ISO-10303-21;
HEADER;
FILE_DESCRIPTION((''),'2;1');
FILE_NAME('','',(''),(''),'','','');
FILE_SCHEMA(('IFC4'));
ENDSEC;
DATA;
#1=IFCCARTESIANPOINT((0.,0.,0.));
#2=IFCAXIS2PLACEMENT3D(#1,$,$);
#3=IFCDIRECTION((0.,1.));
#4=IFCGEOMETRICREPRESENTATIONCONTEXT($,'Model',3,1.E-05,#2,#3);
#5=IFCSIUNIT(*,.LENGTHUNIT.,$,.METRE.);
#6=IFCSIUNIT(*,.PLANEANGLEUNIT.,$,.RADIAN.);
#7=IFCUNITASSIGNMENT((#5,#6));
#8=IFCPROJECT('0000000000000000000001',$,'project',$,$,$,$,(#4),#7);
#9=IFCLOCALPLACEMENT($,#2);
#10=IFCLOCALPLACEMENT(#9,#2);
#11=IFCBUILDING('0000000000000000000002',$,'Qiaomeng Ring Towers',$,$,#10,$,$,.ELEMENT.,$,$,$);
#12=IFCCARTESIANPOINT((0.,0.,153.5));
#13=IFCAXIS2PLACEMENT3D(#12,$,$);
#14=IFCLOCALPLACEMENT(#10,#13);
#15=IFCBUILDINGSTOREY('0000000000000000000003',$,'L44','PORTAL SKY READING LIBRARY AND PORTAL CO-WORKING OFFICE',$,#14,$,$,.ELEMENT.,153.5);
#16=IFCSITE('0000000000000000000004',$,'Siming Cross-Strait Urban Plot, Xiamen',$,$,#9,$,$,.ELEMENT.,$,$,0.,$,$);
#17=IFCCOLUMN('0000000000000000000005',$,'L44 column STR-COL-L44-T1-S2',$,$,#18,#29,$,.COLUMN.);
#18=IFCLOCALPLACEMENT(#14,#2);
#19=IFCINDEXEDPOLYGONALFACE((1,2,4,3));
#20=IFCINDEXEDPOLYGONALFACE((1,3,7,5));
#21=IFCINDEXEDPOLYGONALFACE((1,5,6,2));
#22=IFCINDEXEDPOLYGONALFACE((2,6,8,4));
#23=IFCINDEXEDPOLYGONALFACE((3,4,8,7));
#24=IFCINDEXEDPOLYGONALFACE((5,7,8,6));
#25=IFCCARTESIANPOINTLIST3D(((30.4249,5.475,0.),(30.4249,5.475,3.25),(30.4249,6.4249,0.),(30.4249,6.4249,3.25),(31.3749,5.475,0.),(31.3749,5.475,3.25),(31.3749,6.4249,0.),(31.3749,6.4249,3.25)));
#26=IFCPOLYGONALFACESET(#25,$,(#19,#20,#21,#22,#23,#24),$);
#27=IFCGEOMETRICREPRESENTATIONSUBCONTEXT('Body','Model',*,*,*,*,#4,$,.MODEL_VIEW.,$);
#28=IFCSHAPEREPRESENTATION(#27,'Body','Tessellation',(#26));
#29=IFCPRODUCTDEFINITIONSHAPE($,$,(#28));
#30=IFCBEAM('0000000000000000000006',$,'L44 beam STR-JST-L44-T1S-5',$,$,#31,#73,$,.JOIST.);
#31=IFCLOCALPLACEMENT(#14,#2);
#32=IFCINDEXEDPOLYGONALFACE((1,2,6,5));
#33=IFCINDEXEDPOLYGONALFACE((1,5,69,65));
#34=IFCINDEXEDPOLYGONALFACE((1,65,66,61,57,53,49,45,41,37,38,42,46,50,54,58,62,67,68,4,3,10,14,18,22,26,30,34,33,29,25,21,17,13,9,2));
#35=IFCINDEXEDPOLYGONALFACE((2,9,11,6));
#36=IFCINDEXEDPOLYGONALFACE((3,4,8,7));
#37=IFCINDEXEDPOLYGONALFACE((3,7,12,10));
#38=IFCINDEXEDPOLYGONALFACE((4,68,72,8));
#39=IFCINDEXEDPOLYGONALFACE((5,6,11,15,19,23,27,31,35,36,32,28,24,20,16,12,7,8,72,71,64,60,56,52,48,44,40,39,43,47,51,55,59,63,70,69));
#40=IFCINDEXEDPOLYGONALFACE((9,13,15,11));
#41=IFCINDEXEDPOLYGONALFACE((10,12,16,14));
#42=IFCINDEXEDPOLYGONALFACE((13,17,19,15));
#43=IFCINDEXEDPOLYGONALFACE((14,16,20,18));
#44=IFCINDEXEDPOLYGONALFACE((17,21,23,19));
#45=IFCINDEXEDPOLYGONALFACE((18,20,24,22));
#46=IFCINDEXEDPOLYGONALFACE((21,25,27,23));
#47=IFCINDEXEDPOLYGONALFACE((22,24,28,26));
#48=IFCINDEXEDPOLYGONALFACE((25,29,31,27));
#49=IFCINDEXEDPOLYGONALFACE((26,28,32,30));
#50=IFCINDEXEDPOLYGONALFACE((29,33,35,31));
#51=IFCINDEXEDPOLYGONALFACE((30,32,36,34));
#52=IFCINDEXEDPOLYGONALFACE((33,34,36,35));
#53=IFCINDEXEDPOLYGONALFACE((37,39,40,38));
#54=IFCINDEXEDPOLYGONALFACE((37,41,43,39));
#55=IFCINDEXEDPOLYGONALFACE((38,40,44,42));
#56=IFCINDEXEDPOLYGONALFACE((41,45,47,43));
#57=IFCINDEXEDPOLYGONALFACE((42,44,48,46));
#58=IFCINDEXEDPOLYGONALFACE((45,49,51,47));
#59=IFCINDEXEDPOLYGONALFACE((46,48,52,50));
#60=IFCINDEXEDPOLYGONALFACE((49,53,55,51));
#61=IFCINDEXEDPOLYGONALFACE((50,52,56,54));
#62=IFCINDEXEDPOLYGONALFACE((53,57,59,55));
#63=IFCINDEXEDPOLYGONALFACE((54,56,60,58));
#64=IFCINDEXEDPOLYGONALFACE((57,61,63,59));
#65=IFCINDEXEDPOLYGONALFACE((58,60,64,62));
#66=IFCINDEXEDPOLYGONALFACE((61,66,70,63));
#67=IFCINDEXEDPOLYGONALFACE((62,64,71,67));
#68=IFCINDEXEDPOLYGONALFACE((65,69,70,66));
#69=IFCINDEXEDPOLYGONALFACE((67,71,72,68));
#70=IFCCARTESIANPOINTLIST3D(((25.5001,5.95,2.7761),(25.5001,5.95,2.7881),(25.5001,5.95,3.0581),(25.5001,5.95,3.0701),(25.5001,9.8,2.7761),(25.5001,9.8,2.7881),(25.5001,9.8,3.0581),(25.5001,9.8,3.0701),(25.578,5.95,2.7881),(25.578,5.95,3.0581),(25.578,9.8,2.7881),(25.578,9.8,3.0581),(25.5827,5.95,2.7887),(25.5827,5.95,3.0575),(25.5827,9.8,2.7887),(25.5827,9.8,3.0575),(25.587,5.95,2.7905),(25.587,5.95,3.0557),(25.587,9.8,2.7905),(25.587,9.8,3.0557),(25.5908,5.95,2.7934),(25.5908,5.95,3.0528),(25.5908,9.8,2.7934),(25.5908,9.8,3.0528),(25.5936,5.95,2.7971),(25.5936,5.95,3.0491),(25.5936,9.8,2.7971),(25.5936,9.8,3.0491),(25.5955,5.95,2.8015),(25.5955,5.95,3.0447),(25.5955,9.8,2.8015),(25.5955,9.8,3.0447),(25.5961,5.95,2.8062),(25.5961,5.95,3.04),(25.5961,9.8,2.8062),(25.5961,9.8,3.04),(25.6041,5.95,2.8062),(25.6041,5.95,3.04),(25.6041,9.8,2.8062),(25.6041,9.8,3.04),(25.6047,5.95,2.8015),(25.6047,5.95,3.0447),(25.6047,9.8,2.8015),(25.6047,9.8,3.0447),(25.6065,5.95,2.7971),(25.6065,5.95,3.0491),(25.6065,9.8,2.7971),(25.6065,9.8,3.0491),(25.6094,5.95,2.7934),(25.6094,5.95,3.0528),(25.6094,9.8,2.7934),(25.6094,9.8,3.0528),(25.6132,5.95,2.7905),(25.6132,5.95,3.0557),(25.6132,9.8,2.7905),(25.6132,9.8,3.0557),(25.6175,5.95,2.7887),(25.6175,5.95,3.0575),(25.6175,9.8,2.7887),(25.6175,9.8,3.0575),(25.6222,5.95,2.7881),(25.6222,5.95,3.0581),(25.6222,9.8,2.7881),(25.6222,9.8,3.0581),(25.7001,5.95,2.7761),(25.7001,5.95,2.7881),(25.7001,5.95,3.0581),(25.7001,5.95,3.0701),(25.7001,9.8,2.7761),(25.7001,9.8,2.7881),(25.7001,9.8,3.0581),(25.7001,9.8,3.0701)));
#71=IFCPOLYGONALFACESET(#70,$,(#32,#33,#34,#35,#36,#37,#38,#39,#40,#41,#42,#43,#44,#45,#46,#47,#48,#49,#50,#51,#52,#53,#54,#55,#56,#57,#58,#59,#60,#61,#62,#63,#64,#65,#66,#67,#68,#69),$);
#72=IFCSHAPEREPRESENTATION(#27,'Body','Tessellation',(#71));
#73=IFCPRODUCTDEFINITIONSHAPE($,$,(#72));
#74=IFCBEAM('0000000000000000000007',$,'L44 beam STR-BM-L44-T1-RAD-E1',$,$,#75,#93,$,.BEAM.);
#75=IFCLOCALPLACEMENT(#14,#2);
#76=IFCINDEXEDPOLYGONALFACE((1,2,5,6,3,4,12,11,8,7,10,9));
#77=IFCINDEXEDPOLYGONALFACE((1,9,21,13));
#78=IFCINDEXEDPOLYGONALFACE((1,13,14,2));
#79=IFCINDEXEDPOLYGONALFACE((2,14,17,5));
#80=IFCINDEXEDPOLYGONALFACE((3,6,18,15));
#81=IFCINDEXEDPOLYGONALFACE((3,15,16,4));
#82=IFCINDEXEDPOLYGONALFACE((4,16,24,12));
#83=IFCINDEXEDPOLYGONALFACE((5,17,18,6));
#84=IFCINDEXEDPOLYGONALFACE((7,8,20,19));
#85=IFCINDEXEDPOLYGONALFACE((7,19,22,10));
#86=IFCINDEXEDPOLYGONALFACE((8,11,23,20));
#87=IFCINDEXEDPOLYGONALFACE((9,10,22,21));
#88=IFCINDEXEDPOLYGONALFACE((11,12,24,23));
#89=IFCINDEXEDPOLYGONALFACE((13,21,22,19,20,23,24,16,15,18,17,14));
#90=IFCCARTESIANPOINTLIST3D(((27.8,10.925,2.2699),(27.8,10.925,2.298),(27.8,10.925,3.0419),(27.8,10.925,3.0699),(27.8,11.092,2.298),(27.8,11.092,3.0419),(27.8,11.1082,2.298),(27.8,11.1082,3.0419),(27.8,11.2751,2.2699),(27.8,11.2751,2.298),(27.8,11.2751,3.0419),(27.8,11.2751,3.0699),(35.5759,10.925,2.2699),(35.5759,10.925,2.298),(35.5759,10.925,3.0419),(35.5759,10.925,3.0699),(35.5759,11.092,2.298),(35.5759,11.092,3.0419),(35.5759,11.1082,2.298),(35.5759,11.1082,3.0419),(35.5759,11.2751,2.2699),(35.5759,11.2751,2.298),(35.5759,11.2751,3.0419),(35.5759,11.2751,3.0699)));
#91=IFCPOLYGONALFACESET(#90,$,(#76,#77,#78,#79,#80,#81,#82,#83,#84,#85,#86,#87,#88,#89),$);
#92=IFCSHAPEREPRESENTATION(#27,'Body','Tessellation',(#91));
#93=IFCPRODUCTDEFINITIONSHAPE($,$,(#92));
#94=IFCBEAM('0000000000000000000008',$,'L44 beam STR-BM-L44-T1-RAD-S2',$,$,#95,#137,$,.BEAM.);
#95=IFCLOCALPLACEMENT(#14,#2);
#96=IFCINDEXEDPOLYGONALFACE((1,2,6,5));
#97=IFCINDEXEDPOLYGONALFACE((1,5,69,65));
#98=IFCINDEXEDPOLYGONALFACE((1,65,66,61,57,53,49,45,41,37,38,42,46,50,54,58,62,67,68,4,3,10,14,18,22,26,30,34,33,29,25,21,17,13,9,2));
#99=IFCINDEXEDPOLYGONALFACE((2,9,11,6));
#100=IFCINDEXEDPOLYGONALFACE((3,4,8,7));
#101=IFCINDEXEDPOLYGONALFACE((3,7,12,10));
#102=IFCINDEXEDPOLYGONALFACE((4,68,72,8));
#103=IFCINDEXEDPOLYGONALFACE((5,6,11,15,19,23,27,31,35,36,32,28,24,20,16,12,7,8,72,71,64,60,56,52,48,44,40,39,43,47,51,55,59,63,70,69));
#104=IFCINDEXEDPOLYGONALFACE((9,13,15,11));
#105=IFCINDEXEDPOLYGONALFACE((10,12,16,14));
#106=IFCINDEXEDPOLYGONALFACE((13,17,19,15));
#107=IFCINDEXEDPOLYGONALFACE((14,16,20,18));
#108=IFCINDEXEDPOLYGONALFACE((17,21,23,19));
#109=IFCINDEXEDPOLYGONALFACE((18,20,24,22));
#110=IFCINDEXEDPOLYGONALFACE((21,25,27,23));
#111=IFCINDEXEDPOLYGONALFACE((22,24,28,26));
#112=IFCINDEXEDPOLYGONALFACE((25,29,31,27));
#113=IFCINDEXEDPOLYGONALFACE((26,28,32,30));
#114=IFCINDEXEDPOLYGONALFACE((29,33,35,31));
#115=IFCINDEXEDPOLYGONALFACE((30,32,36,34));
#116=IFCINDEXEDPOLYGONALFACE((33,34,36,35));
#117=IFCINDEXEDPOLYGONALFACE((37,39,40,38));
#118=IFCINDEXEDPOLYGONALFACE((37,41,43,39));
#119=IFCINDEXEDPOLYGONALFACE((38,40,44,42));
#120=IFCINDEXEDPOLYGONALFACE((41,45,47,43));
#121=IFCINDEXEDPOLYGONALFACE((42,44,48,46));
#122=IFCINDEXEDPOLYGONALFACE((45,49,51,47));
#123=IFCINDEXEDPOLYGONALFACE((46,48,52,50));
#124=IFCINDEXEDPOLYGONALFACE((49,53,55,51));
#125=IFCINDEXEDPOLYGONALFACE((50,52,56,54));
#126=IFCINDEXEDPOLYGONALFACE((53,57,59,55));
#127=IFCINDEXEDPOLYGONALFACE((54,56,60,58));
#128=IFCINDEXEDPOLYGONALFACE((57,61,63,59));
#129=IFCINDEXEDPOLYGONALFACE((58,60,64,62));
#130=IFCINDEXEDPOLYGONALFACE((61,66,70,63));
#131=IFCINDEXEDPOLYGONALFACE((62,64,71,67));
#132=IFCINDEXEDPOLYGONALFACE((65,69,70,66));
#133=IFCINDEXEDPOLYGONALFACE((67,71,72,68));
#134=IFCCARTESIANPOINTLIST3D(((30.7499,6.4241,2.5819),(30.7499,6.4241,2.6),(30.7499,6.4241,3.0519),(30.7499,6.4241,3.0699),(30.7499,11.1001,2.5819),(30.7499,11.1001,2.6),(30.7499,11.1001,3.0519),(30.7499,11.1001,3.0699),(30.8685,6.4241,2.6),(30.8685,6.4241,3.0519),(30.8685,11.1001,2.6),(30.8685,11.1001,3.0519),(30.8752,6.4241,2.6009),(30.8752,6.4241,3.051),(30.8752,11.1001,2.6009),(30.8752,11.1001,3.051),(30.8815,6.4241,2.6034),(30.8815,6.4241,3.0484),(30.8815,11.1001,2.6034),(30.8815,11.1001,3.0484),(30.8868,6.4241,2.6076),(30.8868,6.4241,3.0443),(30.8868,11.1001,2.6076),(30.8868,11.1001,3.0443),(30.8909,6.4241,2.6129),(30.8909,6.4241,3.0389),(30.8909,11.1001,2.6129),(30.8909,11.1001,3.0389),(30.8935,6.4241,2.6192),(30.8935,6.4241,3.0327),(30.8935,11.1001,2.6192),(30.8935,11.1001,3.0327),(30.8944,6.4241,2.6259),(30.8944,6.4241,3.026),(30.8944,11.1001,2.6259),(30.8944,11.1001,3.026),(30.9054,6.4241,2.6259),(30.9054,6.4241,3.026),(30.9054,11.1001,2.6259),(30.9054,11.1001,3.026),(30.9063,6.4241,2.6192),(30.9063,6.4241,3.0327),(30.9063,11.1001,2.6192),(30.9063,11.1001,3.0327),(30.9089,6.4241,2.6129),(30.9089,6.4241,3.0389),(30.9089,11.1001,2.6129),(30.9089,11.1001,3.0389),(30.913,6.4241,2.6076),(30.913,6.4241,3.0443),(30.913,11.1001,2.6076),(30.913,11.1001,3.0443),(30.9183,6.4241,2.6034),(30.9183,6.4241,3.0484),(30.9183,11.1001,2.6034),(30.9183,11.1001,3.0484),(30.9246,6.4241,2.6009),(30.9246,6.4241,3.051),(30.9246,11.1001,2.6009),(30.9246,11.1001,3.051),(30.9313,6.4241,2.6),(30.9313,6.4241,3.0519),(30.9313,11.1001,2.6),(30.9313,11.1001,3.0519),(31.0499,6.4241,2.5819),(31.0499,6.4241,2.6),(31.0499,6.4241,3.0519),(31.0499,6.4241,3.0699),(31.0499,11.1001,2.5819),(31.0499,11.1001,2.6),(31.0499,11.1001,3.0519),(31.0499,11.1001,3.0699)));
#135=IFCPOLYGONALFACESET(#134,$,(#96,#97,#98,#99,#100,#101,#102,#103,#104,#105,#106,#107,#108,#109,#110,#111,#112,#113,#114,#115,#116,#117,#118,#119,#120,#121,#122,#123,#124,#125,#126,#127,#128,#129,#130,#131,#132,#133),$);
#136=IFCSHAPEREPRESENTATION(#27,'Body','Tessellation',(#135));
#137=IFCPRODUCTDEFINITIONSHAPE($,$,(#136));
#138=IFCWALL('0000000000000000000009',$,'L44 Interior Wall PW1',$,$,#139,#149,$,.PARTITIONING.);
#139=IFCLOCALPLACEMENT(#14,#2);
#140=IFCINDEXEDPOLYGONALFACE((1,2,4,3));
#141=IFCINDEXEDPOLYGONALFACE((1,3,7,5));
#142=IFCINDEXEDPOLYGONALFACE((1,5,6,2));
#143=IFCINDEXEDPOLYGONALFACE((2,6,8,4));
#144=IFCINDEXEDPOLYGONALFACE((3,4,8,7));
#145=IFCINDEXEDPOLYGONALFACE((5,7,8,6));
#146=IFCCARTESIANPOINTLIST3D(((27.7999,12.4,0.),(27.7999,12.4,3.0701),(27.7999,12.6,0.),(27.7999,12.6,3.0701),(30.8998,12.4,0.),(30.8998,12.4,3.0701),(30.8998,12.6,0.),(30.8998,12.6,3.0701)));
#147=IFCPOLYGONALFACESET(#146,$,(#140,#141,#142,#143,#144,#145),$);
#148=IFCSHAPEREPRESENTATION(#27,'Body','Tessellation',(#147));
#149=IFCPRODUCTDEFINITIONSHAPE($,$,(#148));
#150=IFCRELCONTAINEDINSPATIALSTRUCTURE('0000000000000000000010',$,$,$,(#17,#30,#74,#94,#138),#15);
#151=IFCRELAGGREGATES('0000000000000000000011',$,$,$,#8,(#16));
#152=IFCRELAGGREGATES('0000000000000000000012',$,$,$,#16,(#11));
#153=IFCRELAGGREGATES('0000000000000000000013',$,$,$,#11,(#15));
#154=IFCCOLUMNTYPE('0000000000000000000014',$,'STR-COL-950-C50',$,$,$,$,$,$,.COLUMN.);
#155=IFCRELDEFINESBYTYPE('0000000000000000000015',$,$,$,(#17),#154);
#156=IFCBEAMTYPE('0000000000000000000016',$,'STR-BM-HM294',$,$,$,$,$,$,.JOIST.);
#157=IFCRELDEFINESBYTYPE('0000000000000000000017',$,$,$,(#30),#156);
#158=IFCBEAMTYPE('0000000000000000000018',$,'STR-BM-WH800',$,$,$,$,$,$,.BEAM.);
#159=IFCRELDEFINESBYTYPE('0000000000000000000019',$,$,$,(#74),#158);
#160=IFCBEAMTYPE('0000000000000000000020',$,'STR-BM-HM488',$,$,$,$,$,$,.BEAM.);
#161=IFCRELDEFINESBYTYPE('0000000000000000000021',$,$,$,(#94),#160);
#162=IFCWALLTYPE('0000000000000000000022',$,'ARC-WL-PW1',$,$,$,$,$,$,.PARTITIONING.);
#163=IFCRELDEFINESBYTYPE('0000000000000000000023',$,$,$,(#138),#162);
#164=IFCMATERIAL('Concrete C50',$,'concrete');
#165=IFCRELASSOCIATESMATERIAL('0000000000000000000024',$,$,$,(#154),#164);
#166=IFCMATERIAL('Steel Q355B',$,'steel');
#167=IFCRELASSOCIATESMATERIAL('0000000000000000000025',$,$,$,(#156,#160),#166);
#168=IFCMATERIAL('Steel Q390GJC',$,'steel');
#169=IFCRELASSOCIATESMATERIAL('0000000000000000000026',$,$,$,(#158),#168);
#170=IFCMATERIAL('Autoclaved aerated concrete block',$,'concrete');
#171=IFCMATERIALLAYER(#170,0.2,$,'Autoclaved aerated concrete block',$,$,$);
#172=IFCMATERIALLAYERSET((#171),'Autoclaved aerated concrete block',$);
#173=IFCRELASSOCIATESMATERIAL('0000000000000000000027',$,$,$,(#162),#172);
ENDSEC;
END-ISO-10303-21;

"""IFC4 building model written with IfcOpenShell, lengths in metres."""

from ifc_helpers import new_model, si_unit, direction, frame, frame_2d, origin, origin_2d, place, context, subcontext, project, spatial, rectangle, i_section, extrude, source, transform, mapped, material, layer, layer_set, material_profile, profile_set, type_object, element, save


model = new_model("IFC4")

# Units and contexts
model_context = context("Model", 3, precision=1e-05, world=origin(), true_north=direction((0.0, 1.0)))
body_context = subcontext(model_context, "Body", "Model", "MODEL_VIEW")
ifc_project = project(units=[si_unit("LENGTHUNIT", "METRE"), si_unit("PLANEANGLEUNIT", "RADIAN")], contexts=[model_context])

# Site, building, storey
site_placement = place(None, origin())
site = spatial("IfcSite", under=ifc_project, at=site_placement, Name="Siming Cross-Strait Urban Plot, Xiamen", CompositionType="ELEMENT", RefElevation=0.0)
building_placement = place(site_placement, origin())
building = spatial("IfcBuilding", under=site, at=building_placement, Name="Qiaomeng Ring Towers", CompositionType="ELEMENT")
storey_placement = place(building_placement, frame((0.0, 0.0, 153.5)))
storey = spatial("IfcBuildingStorey", under=building, at=storey_placement, Name="L44", Description="PORTAL SKY READING LIBRARY AND PORTAL CO-WORKING OFFICE", CompositionType="ELEMENT", Elevation=153.5)

# Column
ifc_material_1 = material(Name="Concrete C50", Category="concrete")
ifc_material_profile_1 = material_profile(ifc_material_1, rectangle(XDim=0.95, YDim=0.95, at=origin_2d()), Name="RC COL 950x950")
ifc_profile_set_1 = profile_set([ifc_material_profile_1], Name="Concrete C50")
column_type = type_object("IfcColumnType", Name="STR-COL-950-C50", PredefinedType="COLUMN", material=ifc_profile_set_1)
shared_shape_1 = source(origin(), body_context, "Body", "SweptSolid", [
    extrude(rectangle(XDim=0.95, YDim=0.95, at=origin_2d()), origin(), (0.0, 0.0, 1.0), 3.25),
])
column_placement = place(storey_placement, frame((30.8999, 5.95, 0.0), z_axis=(0.0, 0.0, 1.0), x_axis=(1.0, 0.0, 0.0)))
element("IfcColumn", 1, at=column_placement, inside=storey, type_object=column_type, Name="L44 column STR-COL-L44-T1-S2", PredefinedType="COLUMN", context=body_context, shape_type="MappedRepresentation", body=[
    mapped(shared_shape_1, transform((0.0, 0.0, 0.0), x_axis=(1.0, 0.0, 0.0), y_axis=(0.0, 1.0, 0.0), z_axis=(0.0, 0.0, 1.0), scale=1.0)),
])

# Beams
ifc_material_2 = material(Name="Steel Q355B", Category="steel")
ifc_material_profile_2 = material_profile(ifc_material_2, i_section(OverallWidth=0.2, OverallDepth=0.2939, WebThickness=0.0081, FlangeThickness=0.012, FilletRadius=0.0181, at=origin_2d()), Name="HM 294x200x8x12")
ifc_profile_set_2 = profile_set([ifc_material_profile_2], Name="Steel Q355B")
beam_type_1 = type_object("IfcBeamType", Name="STR-BM-HM294", PredefinedType="JOIST", material=ifc_profile_set_2)
shared_shape_2 = source(origin(), body_context, "Body", "SweptSolid", [
    extrude(i_section(OverallWidth=0.2, OverallDepth=0.2939, WebThickness=0.0081, FlangeThickness=0.012, FilletRadius=0.0181, at=origin_2d()), origin(), (0.0, 0.0, 1.0), 3.8501),
])
beam_1_placement = place(storey_placement, frame((25.6001, 5.95, 2.9231), z_axis=(0.0, 1.0, 0.0), x_axis=(-1.0, 0.0, 0.0)))
element("IfcBeam", 2, at=beam_1_placement, inside=storey, type_object=beam_type_1, Name="L44 beam STR-JST-L44-T1S-5", PredefinedType="JOIST", context=body_context, shape_type="MappedRepresentation", body=[
    mapped(shared_shape_2, transform((0.0, 0.0, 0.0), x_axis=(1.0, 0.0, 0.0), y_axis=(0.0, 1.0, 0.0), z_axis=(0.0, 0.0, 1.0), scale=1.0)),
])
ifc_material_3 = material(Name="Steel Q390GJC", Category="steel")
ifc_material_profile_3 = material_profile(ifc_material_3, i_section(OverallWidth=0.3501, OverallDepth=0.8, WebThickness=0.0161, FlangeThickness=0.0281, at=origin_2d()), Name="WH 800x350x16x28")
ifc_profile_set_3 = profile_set([ifc_material_profile_3], Name="Steel Q390GJC")
beam_type_2 = type_object("IfcBeamType", Name="STR-BM-WH800", PredefinedType="BEAM", material=ifc_profile_set_3)
shared_shape_3 = source(origin(), body_context, "Body", "SweptSolid", [
    extrude(i_section(OverallWidth=0.3501, OverallDepth=0.8, WebThickness=0.0161, FlangeThickness=0.0281, at=origin_2d()), origin(), (0.0, 0.0, 1.0), 7.7759),
])
beam_2_placement = place(storey_placement, frame((27.8, 11.1001, 2.6699), z_axis=(1.0, 0.0, 0.0), x_axis=(0.0, 1.0, 0.0)))
element("IfcBeam", 3, at=beam_2_placement, inside=storey, type_object=beam_type_2, Name="L44 beam STR-BM-L44-T1-RAD-E1", PredefinedType="BEAM", context=body_context, shape_type="MappedRepresentation", body=[
    mapped(shared_shape_3, transform((0.0, 0.0, 0.0), x_axis=(1.0, 0.0, 0.0), y_axis=(0.0, 1.0, 0.0), z_axis=(0.0, 0.0, 1.0), scale=1.0)),
])
ifc_material_profile_4 = material_profile(ifc_material_2, i_section(OverallWidth=0.3, OverallDepth=0.488, WebThickness=0.011, FlangeThickness=0.0181, FilletRadius=0.0259, at=origin_2d()), Name="HM 488x300x11x18")
ifc_profile_set_4 = profile_set([ifc_material_profile_4], Name="Steel Q355B")
beam_type_3 = type_object("IfcBeamType", Name="STR-BM-HM488", PredefinedType="BEAM", material=ifc_profile_set_4)
shared_shape_4 = source(origin(), body_context, "Body", "SweptSolid", [
    extrude(i_section(OverallWidth=0.3, OverallDepth=0.488, WebThickness=0.011, FlangeThickness=0.0181, FilletRadius=0.0259, at=origin_2d()), origin(), (0.0, 0.0, 1.0), 4.676),
])
beam_3_placement = place(storey_placement, frame((30.8999, 6.4241, 2.8259), z_axis=(0.0, 1.0, 0.0), x_axis=(-1.0, 0.0, 0.0)))
element("IfcBeam", 4, at=beam_3_placement, inside=storey, type_object=beam_type_3, Name="L44 beam STR-BM-L44-T1-RAD-S2", PredefinedType="BEAM", context=body_context, shape_type="MappedRepresentation", body=[
    mapped(shared_shape_4, transform((0.0, 0.0, 0.0), x_axis=(1.0, 0.0, 0.0), y_axis=(0.0, 1.0, 0.0), z_axis=(0.0, 0.0, 1.0), scale=1.0)),
])

# Wall
ifc_material_4 = material(Name="Autoclaved aerated concrete block", Category="concrete")
ifc_layer_1 = layer(ifc_material_4, 0.2, Name="Autoclaved aerated concrete block")
ifc_layer_set_1 = layer_set([ifc_layer_1], Name="Autoclaved aerated concrete block")
wall_type_1 = type_object("IfcWallType", Name="ARC-WL-PW1", PredefinedType="PARTITIONING", material=ifc_layer_set_1)
wall_1_placement = place(storey_placement, frame((27.8, 12.5, 0.0), z_axis=(0.0, 0.0, 1.0), x_axis=(1.0, 0.0, 0.0)))
element("IfcWall", 5, at=wall_1_placement, inside=storey, type_object=wall_type_1, Name="L44 Interior Wall PW1", PredefinedType="PARTITIONING", context=body_context, shape_type="SweptSolid", body=[
    extrude(rectangle(XDim=3.0999, YDim=0.2, at=frame_2d((1.5498, 0.0))), origin(), (0.0, 0.0, 1.0), 3.0701),
])

save(model, "model.ifc")
